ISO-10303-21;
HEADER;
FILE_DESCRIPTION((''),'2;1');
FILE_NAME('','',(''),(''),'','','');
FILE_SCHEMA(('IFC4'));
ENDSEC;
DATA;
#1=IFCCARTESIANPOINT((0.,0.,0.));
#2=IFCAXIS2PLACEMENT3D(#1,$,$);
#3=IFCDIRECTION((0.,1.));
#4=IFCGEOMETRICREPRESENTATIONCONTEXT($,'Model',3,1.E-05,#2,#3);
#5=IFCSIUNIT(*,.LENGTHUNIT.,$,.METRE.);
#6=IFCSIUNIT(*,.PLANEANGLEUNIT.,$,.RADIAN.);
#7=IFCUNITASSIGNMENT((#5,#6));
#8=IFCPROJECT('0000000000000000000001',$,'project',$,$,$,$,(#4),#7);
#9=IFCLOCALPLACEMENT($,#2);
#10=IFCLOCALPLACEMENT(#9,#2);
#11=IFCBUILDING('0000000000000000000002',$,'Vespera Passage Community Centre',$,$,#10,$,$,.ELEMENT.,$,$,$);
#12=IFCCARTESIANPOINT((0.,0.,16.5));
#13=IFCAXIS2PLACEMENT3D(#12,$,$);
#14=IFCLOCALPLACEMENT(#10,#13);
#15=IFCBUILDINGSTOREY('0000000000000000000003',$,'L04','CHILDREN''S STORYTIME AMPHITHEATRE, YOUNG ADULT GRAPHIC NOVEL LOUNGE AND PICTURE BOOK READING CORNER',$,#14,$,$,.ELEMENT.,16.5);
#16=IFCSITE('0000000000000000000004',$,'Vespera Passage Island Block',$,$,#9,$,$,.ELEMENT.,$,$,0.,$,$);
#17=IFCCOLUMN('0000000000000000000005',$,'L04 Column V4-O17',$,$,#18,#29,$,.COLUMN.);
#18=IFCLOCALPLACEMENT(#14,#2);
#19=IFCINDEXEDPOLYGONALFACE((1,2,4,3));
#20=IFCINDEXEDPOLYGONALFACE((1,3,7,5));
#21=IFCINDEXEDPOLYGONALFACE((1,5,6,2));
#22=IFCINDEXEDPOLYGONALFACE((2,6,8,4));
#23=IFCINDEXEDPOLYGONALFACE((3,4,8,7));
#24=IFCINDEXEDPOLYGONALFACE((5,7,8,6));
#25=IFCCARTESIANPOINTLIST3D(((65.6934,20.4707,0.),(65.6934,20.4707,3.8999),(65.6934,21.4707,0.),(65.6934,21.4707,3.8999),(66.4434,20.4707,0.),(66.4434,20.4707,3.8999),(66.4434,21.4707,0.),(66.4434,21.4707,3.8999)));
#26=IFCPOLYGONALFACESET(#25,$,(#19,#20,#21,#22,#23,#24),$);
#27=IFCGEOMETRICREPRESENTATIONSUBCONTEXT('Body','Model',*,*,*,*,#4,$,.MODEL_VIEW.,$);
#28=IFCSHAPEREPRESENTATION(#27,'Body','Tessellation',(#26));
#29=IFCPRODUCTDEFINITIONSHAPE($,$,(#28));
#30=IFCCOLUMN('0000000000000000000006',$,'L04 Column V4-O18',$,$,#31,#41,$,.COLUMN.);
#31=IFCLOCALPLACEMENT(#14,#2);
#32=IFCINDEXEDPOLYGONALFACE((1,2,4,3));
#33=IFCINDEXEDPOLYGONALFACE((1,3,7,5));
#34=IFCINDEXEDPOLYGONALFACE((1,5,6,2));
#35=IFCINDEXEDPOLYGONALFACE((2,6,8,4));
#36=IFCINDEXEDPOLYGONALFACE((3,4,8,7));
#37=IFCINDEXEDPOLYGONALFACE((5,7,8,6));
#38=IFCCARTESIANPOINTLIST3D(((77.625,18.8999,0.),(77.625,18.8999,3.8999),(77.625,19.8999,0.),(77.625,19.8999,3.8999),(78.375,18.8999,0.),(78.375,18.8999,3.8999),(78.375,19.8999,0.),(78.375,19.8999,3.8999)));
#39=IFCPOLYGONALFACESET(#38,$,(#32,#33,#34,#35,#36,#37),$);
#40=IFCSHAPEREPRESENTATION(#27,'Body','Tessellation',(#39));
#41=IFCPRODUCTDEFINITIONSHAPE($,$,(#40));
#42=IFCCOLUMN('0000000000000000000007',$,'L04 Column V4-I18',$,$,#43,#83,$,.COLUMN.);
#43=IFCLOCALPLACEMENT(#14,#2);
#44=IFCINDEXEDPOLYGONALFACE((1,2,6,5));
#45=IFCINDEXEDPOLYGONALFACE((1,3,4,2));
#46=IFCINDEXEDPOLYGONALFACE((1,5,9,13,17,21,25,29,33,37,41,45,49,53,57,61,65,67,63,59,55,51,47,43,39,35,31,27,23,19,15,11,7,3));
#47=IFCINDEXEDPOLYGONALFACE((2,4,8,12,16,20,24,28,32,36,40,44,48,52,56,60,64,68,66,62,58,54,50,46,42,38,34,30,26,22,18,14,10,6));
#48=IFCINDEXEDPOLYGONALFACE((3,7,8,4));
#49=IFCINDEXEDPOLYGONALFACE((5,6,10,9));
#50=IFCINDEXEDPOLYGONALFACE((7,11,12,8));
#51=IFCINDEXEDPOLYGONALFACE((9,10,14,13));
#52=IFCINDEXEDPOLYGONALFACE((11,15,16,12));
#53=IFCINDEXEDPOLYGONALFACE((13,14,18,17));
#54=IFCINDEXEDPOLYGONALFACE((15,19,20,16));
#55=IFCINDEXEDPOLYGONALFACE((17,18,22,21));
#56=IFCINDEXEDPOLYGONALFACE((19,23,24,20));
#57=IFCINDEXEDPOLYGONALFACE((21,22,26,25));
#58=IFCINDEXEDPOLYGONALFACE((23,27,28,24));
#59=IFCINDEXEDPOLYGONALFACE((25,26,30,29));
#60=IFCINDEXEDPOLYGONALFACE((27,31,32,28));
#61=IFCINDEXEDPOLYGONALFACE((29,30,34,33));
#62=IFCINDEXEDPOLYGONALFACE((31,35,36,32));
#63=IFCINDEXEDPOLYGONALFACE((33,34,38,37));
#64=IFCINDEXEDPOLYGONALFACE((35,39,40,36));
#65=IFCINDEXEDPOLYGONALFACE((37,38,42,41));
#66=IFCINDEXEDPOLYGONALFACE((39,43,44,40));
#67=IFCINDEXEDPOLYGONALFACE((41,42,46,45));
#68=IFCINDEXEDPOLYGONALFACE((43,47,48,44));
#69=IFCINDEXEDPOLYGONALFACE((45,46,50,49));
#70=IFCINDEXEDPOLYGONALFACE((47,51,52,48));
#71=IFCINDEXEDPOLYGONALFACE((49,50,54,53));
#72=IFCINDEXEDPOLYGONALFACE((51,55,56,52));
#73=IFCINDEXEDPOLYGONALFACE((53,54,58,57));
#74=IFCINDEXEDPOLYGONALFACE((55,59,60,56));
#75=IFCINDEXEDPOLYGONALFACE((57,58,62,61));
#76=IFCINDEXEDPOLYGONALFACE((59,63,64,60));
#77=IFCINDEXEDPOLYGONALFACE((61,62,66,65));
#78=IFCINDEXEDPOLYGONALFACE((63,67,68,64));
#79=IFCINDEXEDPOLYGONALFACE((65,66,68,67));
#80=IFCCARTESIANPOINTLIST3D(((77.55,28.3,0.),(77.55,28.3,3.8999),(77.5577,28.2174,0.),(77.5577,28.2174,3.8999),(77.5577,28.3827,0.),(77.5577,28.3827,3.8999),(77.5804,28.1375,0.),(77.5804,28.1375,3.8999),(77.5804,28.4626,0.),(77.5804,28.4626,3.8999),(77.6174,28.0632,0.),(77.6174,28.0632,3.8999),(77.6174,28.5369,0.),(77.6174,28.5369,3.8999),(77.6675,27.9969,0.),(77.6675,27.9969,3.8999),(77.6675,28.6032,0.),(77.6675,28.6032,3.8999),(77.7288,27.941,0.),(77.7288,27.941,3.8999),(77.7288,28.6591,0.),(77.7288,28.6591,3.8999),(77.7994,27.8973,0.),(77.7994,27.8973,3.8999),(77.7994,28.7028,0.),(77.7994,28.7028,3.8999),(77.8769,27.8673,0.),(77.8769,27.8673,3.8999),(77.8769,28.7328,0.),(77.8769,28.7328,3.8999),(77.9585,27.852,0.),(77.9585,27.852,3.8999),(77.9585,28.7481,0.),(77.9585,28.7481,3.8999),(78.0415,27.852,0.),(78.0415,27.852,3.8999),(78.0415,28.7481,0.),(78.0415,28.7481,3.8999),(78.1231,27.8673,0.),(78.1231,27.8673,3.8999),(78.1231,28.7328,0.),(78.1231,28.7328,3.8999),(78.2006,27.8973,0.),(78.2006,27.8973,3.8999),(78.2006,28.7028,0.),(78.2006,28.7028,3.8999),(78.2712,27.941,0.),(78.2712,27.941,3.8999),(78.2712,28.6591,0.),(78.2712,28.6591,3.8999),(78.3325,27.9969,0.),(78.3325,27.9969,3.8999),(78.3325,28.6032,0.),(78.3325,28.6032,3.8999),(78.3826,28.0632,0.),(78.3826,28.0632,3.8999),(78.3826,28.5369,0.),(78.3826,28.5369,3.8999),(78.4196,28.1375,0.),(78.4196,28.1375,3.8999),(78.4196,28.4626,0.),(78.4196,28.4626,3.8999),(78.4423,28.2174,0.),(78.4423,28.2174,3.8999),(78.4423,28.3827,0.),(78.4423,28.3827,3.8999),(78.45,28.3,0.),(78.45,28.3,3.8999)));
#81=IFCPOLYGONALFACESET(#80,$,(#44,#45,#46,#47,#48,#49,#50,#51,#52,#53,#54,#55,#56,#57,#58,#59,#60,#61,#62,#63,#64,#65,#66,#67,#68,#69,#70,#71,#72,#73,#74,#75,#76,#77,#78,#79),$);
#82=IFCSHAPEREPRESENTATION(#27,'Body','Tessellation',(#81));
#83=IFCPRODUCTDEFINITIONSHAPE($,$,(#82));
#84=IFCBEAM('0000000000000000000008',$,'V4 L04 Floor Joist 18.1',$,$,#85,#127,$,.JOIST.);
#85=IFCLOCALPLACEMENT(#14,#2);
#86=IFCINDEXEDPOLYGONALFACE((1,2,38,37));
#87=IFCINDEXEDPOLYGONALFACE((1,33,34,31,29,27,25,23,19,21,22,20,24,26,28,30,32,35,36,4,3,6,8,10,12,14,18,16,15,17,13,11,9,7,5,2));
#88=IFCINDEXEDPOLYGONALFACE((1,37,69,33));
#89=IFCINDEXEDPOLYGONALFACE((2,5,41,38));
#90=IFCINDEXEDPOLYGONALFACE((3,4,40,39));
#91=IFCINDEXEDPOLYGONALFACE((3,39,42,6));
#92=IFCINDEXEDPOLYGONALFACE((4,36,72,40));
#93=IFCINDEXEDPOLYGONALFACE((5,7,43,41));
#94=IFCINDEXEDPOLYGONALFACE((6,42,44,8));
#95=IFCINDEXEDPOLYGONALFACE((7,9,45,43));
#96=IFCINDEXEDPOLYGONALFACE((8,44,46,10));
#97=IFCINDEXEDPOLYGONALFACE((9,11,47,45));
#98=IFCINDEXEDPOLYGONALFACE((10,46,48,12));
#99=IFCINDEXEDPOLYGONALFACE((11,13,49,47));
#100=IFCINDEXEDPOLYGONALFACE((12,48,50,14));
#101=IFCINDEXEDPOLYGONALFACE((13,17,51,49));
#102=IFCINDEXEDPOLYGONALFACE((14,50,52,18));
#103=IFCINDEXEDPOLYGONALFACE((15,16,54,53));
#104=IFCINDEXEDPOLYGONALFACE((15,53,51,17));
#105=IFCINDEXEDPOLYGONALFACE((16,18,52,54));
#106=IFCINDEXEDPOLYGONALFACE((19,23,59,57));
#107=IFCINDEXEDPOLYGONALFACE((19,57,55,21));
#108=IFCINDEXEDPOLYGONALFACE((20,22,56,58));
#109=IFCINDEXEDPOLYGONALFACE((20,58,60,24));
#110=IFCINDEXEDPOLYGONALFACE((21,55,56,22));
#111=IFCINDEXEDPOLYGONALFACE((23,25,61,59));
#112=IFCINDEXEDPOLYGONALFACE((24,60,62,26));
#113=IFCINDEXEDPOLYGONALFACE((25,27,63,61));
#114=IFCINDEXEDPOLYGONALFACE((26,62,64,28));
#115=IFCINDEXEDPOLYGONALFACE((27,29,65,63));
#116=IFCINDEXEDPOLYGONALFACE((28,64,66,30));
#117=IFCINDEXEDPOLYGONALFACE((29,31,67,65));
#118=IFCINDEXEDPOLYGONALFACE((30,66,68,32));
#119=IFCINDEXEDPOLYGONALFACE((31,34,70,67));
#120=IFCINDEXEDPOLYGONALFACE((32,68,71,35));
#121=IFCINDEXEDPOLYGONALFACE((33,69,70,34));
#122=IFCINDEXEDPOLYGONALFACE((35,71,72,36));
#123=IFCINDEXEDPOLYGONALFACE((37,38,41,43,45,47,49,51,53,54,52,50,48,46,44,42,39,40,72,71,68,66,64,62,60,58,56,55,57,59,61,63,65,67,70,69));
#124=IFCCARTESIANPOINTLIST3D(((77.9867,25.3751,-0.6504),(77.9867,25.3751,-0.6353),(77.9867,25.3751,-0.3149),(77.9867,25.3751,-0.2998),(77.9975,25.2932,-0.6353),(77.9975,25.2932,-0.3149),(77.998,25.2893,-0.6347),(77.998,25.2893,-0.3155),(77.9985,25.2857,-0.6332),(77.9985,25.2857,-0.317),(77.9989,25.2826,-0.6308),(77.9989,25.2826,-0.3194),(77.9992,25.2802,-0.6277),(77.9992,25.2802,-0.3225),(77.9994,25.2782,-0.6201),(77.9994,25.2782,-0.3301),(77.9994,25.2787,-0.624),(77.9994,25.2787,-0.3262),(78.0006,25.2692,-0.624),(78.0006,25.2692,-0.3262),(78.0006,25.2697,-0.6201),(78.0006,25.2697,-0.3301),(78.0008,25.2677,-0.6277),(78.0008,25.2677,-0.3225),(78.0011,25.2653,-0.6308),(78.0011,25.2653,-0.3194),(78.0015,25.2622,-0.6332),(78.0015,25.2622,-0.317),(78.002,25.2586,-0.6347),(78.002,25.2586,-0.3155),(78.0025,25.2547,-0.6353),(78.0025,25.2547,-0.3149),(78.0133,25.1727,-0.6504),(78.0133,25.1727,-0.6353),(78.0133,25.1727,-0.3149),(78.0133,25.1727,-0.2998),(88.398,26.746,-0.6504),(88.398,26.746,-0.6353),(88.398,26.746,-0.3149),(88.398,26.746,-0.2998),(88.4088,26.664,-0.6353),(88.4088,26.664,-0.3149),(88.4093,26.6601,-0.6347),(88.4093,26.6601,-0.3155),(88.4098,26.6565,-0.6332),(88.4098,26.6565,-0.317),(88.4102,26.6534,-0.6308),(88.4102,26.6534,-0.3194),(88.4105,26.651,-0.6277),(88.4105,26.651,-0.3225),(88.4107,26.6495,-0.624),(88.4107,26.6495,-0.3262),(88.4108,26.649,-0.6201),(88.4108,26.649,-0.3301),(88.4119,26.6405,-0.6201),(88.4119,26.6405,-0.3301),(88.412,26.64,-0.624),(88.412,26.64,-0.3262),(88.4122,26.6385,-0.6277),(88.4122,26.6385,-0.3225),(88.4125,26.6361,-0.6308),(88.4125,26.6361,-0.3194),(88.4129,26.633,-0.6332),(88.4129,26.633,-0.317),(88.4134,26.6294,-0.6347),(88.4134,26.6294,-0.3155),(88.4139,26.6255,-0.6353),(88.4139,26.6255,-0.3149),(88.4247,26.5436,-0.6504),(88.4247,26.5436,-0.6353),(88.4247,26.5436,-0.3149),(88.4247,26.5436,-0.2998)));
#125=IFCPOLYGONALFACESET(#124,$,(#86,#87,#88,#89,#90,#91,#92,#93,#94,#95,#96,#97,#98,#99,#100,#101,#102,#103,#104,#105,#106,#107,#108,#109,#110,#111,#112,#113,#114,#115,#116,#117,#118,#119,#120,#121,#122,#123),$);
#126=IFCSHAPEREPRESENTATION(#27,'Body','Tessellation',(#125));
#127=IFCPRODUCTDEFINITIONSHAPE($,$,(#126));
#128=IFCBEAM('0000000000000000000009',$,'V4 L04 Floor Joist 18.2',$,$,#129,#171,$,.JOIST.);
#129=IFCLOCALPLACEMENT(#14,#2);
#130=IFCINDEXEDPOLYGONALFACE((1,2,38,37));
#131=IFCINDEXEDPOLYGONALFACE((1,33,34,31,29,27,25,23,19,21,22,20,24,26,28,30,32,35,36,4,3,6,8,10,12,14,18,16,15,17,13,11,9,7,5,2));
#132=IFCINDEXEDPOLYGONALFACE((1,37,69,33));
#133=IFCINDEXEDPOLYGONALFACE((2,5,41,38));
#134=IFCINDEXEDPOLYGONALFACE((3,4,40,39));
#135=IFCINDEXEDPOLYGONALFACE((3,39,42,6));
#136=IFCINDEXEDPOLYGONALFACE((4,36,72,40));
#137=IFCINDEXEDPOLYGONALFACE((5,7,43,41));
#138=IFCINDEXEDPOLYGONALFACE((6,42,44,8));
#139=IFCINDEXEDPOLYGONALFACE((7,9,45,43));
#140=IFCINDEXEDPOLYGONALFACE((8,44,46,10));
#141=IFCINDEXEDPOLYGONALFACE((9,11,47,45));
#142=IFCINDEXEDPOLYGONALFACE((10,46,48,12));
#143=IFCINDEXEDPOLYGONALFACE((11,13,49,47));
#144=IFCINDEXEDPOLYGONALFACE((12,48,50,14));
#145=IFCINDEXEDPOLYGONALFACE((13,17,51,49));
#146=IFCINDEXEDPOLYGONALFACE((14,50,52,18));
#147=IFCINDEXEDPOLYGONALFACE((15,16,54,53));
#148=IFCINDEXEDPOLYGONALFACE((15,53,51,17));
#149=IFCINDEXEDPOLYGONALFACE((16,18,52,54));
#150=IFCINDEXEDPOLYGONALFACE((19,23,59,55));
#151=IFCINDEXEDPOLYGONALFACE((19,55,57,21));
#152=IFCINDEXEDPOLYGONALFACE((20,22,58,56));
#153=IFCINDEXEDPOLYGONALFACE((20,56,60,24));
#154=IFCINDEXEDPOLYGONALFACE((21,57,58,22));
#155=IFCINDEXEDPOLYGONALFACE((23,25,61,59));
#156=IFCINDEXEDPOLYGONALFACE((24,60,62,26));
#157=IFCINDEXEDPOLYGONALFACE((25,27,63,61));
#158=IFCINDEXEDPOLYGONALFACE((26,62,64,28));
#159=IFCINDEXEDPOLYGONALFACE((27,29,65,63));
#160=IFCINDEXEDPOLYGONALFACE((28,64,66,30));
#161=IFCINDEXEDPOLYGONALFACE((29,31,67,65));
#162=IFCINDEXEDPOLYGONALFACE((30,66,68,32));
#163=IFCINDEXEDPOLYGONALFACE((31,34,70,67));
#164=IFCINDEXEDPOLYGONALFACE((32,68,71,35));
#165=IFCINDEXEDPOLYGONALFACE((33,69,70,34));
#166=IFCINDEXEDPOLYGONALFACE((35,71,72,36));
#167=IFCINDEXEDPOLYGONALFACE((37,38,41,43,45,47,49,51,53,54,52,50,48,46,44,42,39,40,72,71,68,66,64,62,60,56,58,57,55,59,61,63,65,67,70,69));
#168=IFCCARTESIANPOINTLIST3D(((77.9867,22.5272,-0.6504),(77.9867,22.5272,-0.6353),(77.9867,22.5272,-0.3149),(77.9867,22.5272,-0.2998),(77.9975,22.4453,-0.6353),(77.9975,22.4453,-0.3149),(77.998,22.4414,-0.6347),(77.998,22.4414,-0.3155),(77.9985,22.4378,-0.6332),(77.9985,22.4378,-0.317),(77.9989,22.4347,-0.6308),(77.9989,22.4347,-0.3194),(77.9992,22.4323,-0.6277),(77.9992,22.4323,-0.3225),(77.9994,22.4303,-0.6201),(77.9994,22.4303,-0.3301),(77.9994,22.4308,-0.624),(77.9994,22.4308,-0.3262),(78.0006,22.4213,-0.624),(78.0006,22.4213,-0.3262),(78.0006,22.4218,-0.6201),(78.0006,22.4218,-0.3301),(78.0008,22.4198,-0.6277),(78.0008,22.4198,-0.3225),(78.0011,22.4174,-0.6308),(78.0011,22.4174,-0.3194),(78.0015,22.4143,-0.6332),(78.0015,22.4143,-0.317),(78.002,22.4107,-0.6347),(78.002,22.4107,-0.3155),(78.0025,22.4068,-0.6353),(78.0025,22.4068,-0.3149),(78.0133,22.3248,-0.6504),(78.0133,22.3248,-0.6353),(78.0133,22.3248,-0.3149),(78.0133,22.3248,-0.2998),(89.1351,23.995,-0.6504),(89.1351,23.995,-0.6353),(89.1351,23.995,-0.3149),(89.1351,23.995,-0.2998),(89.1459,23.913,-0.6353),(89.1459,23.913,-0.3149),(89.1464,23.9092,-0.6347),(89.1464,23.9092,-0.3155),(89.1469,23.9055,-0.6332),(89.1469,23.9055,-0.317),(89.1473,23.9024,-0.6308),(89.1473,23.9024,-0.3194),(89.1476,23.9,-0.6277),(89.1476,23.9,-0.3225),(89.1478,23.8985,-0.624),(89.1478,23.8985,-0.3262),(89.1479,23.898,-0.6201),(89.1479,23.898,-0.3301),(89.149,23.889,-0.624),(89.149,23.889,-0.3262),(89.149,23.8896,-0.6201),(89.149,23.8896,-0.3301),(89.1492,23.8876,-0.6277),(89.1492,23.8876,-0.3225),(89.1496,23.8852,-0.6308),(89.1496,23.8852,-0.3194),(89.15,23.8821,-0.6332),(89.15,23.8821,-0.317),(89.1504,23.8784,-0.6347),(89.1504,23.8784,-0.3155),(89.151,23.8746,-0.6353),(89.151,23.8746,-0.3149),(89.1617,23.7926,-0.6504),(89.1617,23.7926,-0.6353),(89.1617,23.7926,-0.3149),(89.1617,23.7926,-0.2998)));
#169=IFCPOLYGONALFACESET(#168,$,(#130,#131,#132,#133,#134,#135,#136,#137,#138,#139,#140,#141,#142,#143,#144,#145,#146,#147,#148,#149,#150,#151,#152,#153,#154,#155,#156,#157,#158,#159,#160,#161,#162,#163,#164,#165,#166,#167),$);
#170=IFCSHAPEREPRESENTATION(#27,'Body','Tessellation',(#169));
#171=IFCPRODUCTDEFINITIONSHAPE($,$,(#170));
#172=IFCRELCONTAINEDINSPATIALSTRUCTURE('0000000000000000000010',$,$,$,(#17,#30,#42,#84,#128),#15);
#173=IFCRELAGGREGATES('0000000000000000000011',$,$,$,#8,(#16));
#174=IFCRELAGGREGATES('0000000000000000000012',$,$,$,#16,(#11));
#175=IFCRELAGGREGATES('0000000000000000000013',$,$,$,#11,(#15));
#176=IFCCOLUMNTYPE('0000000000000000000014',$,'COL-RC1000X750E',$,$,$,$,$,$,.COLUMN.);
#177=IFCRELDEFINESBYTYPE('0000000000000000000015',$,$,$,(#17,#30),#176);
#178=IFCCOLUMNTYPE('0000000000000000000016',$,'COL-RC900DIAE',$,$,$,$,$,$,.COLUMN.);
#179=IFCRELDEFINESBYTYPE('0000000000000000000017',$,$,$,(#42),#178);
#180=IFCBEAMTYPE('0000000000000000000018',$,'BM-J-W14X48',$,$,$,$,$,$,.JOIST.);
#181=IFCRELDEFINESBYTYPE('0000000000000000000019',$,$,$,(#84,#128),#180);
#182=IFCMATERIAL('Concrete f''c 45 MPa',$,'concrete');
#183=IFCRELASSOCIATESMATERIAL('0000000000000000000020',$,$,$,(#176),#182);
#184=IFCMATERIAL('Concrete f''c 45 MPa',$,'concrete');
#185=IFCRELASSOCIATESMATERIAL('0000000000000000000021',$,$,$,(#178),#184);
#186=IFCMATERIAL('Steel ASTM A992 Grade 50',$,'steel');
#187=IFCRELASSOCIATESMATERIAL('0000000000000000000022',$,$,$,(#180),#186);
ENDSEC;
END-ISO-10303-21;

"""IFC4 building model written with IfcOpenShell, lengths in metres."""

from ifc_helpers import new_model, si_unit, direction, frame, origin, origin_2d, place, context, subcontext, project, spatial, rectangle, circle, i_section, extrude, material, material_profile, profile_set, type_object, element, save


model = new_model("IFC4")

# Units and contexts
model_context = context("Model", 3, precision=1e-05, world=origin(), true_north=direction((0.0, 1.0)))
body_context = subcontext(model_context, "Body", "Model", "MODEL_VIEW")
ifc_project = project(units=[si_unit("LENGTHUNIT", "METRE"), si_unit("PLANEANGLEUNIT", "RADIAN")], contexts=[model_context])

# Site, building, storey
site_placement = place(None, origin())
site = spatial("IfcSite", under=ifc_project, at=site_placement, Name="Vespera Passage Island Block", CompositionType="ELEMENT", RefElevation=0.0)
building_placement = place(site_placement, origin())
building = spatial("IfcBuilding", under=site, at=building_placement, Name="Vespera Passage Community Centre", CompositionType="ELEMENT")
storey_placement = place(building_placement, frame((0.0, 0.0, 16.5)))
storey = spatial("IfcBuildingStorey", under=building, at=storey_placement, Name="L04", Description="CHILDREN'S STORYTIME AMPHITHEATRE, YOUNG ADULT GRAPHIC NOVEL LOUNGE AND PICTURE BOOK READING CORNER", CompositionType="ELEMENT", Elevation=16.5)

# Columns
ifc_material_1 = material(Name="Concrete f'c 45 MPa", Category="concrete")
ifc_material_profile_1 = material_profile(ifc_material_1, rectangle(XDim=0.75, YDim=1.0, at=origin_2d()), Name="RC1000X750")
ifc_profile_set_1 = profile_set([ifc_material_profile_1], Name="Concrete f'c 45 MPa")
column_type_1 = type_object("IfcColumnType", Name="COL-RC1000X750E", PredefinedType="COLUMN", material=ifc_profile_set_1)
for number, where, z_axis, x_axis, name in (
    (1, (66.0684, 20.9707, 0.0), (0.0, 0.0, 1.0), (1.0, 0.0, 0.0), "L04 Column V4-O17"),
    (2, (78.0, 19.3999, 0.0), (0.0, 0.0, 1.0), (1.0, 0.0, 0.0), "L04 Column V4-O18"),
):
    element("IfcColumn", number, at=place(storey_placement, frame(where, z_axis=z_axis, x_axis=x_axis)), inside=storey, type_object=column_type_1, Name=name, PredefinedType="COLUMN", context=body_context, shape_type="SweptSolid", body=[
        extrude(rectangle(XDim=0.75, YDim=1.0, at=origin_2d()), origin(), (0.0, 0.0, 1.0), 3.8999),
    ])
ifc_material_2 = material(Name="Concrete f'c 45 MPa", Category="concrete")
ifc_material_profile_2 = material_profile(ifc_material_2, circle(Radius=0.45, at=origin_2d()), Name="RC900DIA")
ifc_profile_set_2 = profile_set([ifc_material_profile_2], Name="Concrete f'c 45 MPa")
column_type_2 = type_object("IfcColumnType", Name="COL-RC900DIAE", PredefinedType="COLUMN", material=ifc_profile_set_2)
column_placement = place(storey_placement, frame((78.0, 28.3, 0.0), z_axis=(0.0, 0.0, 1.0), x_axis=(1.0, 0.0, 0.0)))
element("IfcColumn", 3, at=column_placement, inside=storey, type_object=column_type_2, Name="L04 Column V4-I18", PredefinedType="COLUMN", context=body_context, shape_type="SweptSolid", body=[
    extrude(circle(Radius=0.45, at=origin_2d()), origin(), (0.0, 0.0, 1.0), 3.8999),
])

# Beams
ifc_material_3 = material(Name="Steel ASTM A992 Grade 50", Category="steel")
ifc_material_profile_3 = material_profile(ifc_material_3, i_section(OverallWidth=0.2041, OverallDepth=0.3506, WebThickness=0.0085, FlangeThickness=0.0151, FilletRadius=0.0151, at=origin_2d()), Name="W14X48")
ifc_profile_set_3 = profile_set([ifc_material_profile_3], Name="Steel ASTM A992 Grade 50")
beam_type_1 = type_object("IfcBeamType", Name="BM-J-W14X48", PredefinedType="JOIST", material=ifc_profile_set_3)
beam_1_placement = place(storey_placement, frame((78.0, 25.2739, -0.4751), z_axis=(0.991443, 0.130542, 0.0), x_axis=(-0.130542, 0.991443, 0.0)))
element("IfcBeam", 4, at=beam_1_placement, inside=storey, type_object=beam_type_1, Name="V4 L04 Floor Joist 18.1", PredefinedType="JOIST", context=body_context, shape_type="SweptSolid", body=[
    extrude(i_section(OverallWidth=0.2041, OverallDepth=0.3506, WebThickness=0.0085, FlangeThickness=0.0151, FilletRadius=0.0151, at=origin_2d()), origin(), (0.0, 0.0, 1.0), 10.5012),
])
beam_2_placement = place(storey_placement, frame((78.0, 22.426, -0.4751), z_axis=(0.991444, 0.130531, 0.0), x_axis=(-0.130531, 0.991444, 0.0)))
element("IfcBeam", 5, at=beam_2_placement, inside=storey, type_object=beam_type_1, Name="V4 L04 Floor Joist 18.2", PredefinedType="JOIST", context=body_context, shape_type="SweptSolid", body=[
    extrude(i_section(OverallWidth=0.2041, OverallDepth=0.3506, WebThickness=0.0085, FlangeThickness=0.0151, FilletRadius=0.0151, at=origin_2d()), origin(), (0.0, 0.0, 1.0), 11.2446),
])

save(model, "model.ifc")
